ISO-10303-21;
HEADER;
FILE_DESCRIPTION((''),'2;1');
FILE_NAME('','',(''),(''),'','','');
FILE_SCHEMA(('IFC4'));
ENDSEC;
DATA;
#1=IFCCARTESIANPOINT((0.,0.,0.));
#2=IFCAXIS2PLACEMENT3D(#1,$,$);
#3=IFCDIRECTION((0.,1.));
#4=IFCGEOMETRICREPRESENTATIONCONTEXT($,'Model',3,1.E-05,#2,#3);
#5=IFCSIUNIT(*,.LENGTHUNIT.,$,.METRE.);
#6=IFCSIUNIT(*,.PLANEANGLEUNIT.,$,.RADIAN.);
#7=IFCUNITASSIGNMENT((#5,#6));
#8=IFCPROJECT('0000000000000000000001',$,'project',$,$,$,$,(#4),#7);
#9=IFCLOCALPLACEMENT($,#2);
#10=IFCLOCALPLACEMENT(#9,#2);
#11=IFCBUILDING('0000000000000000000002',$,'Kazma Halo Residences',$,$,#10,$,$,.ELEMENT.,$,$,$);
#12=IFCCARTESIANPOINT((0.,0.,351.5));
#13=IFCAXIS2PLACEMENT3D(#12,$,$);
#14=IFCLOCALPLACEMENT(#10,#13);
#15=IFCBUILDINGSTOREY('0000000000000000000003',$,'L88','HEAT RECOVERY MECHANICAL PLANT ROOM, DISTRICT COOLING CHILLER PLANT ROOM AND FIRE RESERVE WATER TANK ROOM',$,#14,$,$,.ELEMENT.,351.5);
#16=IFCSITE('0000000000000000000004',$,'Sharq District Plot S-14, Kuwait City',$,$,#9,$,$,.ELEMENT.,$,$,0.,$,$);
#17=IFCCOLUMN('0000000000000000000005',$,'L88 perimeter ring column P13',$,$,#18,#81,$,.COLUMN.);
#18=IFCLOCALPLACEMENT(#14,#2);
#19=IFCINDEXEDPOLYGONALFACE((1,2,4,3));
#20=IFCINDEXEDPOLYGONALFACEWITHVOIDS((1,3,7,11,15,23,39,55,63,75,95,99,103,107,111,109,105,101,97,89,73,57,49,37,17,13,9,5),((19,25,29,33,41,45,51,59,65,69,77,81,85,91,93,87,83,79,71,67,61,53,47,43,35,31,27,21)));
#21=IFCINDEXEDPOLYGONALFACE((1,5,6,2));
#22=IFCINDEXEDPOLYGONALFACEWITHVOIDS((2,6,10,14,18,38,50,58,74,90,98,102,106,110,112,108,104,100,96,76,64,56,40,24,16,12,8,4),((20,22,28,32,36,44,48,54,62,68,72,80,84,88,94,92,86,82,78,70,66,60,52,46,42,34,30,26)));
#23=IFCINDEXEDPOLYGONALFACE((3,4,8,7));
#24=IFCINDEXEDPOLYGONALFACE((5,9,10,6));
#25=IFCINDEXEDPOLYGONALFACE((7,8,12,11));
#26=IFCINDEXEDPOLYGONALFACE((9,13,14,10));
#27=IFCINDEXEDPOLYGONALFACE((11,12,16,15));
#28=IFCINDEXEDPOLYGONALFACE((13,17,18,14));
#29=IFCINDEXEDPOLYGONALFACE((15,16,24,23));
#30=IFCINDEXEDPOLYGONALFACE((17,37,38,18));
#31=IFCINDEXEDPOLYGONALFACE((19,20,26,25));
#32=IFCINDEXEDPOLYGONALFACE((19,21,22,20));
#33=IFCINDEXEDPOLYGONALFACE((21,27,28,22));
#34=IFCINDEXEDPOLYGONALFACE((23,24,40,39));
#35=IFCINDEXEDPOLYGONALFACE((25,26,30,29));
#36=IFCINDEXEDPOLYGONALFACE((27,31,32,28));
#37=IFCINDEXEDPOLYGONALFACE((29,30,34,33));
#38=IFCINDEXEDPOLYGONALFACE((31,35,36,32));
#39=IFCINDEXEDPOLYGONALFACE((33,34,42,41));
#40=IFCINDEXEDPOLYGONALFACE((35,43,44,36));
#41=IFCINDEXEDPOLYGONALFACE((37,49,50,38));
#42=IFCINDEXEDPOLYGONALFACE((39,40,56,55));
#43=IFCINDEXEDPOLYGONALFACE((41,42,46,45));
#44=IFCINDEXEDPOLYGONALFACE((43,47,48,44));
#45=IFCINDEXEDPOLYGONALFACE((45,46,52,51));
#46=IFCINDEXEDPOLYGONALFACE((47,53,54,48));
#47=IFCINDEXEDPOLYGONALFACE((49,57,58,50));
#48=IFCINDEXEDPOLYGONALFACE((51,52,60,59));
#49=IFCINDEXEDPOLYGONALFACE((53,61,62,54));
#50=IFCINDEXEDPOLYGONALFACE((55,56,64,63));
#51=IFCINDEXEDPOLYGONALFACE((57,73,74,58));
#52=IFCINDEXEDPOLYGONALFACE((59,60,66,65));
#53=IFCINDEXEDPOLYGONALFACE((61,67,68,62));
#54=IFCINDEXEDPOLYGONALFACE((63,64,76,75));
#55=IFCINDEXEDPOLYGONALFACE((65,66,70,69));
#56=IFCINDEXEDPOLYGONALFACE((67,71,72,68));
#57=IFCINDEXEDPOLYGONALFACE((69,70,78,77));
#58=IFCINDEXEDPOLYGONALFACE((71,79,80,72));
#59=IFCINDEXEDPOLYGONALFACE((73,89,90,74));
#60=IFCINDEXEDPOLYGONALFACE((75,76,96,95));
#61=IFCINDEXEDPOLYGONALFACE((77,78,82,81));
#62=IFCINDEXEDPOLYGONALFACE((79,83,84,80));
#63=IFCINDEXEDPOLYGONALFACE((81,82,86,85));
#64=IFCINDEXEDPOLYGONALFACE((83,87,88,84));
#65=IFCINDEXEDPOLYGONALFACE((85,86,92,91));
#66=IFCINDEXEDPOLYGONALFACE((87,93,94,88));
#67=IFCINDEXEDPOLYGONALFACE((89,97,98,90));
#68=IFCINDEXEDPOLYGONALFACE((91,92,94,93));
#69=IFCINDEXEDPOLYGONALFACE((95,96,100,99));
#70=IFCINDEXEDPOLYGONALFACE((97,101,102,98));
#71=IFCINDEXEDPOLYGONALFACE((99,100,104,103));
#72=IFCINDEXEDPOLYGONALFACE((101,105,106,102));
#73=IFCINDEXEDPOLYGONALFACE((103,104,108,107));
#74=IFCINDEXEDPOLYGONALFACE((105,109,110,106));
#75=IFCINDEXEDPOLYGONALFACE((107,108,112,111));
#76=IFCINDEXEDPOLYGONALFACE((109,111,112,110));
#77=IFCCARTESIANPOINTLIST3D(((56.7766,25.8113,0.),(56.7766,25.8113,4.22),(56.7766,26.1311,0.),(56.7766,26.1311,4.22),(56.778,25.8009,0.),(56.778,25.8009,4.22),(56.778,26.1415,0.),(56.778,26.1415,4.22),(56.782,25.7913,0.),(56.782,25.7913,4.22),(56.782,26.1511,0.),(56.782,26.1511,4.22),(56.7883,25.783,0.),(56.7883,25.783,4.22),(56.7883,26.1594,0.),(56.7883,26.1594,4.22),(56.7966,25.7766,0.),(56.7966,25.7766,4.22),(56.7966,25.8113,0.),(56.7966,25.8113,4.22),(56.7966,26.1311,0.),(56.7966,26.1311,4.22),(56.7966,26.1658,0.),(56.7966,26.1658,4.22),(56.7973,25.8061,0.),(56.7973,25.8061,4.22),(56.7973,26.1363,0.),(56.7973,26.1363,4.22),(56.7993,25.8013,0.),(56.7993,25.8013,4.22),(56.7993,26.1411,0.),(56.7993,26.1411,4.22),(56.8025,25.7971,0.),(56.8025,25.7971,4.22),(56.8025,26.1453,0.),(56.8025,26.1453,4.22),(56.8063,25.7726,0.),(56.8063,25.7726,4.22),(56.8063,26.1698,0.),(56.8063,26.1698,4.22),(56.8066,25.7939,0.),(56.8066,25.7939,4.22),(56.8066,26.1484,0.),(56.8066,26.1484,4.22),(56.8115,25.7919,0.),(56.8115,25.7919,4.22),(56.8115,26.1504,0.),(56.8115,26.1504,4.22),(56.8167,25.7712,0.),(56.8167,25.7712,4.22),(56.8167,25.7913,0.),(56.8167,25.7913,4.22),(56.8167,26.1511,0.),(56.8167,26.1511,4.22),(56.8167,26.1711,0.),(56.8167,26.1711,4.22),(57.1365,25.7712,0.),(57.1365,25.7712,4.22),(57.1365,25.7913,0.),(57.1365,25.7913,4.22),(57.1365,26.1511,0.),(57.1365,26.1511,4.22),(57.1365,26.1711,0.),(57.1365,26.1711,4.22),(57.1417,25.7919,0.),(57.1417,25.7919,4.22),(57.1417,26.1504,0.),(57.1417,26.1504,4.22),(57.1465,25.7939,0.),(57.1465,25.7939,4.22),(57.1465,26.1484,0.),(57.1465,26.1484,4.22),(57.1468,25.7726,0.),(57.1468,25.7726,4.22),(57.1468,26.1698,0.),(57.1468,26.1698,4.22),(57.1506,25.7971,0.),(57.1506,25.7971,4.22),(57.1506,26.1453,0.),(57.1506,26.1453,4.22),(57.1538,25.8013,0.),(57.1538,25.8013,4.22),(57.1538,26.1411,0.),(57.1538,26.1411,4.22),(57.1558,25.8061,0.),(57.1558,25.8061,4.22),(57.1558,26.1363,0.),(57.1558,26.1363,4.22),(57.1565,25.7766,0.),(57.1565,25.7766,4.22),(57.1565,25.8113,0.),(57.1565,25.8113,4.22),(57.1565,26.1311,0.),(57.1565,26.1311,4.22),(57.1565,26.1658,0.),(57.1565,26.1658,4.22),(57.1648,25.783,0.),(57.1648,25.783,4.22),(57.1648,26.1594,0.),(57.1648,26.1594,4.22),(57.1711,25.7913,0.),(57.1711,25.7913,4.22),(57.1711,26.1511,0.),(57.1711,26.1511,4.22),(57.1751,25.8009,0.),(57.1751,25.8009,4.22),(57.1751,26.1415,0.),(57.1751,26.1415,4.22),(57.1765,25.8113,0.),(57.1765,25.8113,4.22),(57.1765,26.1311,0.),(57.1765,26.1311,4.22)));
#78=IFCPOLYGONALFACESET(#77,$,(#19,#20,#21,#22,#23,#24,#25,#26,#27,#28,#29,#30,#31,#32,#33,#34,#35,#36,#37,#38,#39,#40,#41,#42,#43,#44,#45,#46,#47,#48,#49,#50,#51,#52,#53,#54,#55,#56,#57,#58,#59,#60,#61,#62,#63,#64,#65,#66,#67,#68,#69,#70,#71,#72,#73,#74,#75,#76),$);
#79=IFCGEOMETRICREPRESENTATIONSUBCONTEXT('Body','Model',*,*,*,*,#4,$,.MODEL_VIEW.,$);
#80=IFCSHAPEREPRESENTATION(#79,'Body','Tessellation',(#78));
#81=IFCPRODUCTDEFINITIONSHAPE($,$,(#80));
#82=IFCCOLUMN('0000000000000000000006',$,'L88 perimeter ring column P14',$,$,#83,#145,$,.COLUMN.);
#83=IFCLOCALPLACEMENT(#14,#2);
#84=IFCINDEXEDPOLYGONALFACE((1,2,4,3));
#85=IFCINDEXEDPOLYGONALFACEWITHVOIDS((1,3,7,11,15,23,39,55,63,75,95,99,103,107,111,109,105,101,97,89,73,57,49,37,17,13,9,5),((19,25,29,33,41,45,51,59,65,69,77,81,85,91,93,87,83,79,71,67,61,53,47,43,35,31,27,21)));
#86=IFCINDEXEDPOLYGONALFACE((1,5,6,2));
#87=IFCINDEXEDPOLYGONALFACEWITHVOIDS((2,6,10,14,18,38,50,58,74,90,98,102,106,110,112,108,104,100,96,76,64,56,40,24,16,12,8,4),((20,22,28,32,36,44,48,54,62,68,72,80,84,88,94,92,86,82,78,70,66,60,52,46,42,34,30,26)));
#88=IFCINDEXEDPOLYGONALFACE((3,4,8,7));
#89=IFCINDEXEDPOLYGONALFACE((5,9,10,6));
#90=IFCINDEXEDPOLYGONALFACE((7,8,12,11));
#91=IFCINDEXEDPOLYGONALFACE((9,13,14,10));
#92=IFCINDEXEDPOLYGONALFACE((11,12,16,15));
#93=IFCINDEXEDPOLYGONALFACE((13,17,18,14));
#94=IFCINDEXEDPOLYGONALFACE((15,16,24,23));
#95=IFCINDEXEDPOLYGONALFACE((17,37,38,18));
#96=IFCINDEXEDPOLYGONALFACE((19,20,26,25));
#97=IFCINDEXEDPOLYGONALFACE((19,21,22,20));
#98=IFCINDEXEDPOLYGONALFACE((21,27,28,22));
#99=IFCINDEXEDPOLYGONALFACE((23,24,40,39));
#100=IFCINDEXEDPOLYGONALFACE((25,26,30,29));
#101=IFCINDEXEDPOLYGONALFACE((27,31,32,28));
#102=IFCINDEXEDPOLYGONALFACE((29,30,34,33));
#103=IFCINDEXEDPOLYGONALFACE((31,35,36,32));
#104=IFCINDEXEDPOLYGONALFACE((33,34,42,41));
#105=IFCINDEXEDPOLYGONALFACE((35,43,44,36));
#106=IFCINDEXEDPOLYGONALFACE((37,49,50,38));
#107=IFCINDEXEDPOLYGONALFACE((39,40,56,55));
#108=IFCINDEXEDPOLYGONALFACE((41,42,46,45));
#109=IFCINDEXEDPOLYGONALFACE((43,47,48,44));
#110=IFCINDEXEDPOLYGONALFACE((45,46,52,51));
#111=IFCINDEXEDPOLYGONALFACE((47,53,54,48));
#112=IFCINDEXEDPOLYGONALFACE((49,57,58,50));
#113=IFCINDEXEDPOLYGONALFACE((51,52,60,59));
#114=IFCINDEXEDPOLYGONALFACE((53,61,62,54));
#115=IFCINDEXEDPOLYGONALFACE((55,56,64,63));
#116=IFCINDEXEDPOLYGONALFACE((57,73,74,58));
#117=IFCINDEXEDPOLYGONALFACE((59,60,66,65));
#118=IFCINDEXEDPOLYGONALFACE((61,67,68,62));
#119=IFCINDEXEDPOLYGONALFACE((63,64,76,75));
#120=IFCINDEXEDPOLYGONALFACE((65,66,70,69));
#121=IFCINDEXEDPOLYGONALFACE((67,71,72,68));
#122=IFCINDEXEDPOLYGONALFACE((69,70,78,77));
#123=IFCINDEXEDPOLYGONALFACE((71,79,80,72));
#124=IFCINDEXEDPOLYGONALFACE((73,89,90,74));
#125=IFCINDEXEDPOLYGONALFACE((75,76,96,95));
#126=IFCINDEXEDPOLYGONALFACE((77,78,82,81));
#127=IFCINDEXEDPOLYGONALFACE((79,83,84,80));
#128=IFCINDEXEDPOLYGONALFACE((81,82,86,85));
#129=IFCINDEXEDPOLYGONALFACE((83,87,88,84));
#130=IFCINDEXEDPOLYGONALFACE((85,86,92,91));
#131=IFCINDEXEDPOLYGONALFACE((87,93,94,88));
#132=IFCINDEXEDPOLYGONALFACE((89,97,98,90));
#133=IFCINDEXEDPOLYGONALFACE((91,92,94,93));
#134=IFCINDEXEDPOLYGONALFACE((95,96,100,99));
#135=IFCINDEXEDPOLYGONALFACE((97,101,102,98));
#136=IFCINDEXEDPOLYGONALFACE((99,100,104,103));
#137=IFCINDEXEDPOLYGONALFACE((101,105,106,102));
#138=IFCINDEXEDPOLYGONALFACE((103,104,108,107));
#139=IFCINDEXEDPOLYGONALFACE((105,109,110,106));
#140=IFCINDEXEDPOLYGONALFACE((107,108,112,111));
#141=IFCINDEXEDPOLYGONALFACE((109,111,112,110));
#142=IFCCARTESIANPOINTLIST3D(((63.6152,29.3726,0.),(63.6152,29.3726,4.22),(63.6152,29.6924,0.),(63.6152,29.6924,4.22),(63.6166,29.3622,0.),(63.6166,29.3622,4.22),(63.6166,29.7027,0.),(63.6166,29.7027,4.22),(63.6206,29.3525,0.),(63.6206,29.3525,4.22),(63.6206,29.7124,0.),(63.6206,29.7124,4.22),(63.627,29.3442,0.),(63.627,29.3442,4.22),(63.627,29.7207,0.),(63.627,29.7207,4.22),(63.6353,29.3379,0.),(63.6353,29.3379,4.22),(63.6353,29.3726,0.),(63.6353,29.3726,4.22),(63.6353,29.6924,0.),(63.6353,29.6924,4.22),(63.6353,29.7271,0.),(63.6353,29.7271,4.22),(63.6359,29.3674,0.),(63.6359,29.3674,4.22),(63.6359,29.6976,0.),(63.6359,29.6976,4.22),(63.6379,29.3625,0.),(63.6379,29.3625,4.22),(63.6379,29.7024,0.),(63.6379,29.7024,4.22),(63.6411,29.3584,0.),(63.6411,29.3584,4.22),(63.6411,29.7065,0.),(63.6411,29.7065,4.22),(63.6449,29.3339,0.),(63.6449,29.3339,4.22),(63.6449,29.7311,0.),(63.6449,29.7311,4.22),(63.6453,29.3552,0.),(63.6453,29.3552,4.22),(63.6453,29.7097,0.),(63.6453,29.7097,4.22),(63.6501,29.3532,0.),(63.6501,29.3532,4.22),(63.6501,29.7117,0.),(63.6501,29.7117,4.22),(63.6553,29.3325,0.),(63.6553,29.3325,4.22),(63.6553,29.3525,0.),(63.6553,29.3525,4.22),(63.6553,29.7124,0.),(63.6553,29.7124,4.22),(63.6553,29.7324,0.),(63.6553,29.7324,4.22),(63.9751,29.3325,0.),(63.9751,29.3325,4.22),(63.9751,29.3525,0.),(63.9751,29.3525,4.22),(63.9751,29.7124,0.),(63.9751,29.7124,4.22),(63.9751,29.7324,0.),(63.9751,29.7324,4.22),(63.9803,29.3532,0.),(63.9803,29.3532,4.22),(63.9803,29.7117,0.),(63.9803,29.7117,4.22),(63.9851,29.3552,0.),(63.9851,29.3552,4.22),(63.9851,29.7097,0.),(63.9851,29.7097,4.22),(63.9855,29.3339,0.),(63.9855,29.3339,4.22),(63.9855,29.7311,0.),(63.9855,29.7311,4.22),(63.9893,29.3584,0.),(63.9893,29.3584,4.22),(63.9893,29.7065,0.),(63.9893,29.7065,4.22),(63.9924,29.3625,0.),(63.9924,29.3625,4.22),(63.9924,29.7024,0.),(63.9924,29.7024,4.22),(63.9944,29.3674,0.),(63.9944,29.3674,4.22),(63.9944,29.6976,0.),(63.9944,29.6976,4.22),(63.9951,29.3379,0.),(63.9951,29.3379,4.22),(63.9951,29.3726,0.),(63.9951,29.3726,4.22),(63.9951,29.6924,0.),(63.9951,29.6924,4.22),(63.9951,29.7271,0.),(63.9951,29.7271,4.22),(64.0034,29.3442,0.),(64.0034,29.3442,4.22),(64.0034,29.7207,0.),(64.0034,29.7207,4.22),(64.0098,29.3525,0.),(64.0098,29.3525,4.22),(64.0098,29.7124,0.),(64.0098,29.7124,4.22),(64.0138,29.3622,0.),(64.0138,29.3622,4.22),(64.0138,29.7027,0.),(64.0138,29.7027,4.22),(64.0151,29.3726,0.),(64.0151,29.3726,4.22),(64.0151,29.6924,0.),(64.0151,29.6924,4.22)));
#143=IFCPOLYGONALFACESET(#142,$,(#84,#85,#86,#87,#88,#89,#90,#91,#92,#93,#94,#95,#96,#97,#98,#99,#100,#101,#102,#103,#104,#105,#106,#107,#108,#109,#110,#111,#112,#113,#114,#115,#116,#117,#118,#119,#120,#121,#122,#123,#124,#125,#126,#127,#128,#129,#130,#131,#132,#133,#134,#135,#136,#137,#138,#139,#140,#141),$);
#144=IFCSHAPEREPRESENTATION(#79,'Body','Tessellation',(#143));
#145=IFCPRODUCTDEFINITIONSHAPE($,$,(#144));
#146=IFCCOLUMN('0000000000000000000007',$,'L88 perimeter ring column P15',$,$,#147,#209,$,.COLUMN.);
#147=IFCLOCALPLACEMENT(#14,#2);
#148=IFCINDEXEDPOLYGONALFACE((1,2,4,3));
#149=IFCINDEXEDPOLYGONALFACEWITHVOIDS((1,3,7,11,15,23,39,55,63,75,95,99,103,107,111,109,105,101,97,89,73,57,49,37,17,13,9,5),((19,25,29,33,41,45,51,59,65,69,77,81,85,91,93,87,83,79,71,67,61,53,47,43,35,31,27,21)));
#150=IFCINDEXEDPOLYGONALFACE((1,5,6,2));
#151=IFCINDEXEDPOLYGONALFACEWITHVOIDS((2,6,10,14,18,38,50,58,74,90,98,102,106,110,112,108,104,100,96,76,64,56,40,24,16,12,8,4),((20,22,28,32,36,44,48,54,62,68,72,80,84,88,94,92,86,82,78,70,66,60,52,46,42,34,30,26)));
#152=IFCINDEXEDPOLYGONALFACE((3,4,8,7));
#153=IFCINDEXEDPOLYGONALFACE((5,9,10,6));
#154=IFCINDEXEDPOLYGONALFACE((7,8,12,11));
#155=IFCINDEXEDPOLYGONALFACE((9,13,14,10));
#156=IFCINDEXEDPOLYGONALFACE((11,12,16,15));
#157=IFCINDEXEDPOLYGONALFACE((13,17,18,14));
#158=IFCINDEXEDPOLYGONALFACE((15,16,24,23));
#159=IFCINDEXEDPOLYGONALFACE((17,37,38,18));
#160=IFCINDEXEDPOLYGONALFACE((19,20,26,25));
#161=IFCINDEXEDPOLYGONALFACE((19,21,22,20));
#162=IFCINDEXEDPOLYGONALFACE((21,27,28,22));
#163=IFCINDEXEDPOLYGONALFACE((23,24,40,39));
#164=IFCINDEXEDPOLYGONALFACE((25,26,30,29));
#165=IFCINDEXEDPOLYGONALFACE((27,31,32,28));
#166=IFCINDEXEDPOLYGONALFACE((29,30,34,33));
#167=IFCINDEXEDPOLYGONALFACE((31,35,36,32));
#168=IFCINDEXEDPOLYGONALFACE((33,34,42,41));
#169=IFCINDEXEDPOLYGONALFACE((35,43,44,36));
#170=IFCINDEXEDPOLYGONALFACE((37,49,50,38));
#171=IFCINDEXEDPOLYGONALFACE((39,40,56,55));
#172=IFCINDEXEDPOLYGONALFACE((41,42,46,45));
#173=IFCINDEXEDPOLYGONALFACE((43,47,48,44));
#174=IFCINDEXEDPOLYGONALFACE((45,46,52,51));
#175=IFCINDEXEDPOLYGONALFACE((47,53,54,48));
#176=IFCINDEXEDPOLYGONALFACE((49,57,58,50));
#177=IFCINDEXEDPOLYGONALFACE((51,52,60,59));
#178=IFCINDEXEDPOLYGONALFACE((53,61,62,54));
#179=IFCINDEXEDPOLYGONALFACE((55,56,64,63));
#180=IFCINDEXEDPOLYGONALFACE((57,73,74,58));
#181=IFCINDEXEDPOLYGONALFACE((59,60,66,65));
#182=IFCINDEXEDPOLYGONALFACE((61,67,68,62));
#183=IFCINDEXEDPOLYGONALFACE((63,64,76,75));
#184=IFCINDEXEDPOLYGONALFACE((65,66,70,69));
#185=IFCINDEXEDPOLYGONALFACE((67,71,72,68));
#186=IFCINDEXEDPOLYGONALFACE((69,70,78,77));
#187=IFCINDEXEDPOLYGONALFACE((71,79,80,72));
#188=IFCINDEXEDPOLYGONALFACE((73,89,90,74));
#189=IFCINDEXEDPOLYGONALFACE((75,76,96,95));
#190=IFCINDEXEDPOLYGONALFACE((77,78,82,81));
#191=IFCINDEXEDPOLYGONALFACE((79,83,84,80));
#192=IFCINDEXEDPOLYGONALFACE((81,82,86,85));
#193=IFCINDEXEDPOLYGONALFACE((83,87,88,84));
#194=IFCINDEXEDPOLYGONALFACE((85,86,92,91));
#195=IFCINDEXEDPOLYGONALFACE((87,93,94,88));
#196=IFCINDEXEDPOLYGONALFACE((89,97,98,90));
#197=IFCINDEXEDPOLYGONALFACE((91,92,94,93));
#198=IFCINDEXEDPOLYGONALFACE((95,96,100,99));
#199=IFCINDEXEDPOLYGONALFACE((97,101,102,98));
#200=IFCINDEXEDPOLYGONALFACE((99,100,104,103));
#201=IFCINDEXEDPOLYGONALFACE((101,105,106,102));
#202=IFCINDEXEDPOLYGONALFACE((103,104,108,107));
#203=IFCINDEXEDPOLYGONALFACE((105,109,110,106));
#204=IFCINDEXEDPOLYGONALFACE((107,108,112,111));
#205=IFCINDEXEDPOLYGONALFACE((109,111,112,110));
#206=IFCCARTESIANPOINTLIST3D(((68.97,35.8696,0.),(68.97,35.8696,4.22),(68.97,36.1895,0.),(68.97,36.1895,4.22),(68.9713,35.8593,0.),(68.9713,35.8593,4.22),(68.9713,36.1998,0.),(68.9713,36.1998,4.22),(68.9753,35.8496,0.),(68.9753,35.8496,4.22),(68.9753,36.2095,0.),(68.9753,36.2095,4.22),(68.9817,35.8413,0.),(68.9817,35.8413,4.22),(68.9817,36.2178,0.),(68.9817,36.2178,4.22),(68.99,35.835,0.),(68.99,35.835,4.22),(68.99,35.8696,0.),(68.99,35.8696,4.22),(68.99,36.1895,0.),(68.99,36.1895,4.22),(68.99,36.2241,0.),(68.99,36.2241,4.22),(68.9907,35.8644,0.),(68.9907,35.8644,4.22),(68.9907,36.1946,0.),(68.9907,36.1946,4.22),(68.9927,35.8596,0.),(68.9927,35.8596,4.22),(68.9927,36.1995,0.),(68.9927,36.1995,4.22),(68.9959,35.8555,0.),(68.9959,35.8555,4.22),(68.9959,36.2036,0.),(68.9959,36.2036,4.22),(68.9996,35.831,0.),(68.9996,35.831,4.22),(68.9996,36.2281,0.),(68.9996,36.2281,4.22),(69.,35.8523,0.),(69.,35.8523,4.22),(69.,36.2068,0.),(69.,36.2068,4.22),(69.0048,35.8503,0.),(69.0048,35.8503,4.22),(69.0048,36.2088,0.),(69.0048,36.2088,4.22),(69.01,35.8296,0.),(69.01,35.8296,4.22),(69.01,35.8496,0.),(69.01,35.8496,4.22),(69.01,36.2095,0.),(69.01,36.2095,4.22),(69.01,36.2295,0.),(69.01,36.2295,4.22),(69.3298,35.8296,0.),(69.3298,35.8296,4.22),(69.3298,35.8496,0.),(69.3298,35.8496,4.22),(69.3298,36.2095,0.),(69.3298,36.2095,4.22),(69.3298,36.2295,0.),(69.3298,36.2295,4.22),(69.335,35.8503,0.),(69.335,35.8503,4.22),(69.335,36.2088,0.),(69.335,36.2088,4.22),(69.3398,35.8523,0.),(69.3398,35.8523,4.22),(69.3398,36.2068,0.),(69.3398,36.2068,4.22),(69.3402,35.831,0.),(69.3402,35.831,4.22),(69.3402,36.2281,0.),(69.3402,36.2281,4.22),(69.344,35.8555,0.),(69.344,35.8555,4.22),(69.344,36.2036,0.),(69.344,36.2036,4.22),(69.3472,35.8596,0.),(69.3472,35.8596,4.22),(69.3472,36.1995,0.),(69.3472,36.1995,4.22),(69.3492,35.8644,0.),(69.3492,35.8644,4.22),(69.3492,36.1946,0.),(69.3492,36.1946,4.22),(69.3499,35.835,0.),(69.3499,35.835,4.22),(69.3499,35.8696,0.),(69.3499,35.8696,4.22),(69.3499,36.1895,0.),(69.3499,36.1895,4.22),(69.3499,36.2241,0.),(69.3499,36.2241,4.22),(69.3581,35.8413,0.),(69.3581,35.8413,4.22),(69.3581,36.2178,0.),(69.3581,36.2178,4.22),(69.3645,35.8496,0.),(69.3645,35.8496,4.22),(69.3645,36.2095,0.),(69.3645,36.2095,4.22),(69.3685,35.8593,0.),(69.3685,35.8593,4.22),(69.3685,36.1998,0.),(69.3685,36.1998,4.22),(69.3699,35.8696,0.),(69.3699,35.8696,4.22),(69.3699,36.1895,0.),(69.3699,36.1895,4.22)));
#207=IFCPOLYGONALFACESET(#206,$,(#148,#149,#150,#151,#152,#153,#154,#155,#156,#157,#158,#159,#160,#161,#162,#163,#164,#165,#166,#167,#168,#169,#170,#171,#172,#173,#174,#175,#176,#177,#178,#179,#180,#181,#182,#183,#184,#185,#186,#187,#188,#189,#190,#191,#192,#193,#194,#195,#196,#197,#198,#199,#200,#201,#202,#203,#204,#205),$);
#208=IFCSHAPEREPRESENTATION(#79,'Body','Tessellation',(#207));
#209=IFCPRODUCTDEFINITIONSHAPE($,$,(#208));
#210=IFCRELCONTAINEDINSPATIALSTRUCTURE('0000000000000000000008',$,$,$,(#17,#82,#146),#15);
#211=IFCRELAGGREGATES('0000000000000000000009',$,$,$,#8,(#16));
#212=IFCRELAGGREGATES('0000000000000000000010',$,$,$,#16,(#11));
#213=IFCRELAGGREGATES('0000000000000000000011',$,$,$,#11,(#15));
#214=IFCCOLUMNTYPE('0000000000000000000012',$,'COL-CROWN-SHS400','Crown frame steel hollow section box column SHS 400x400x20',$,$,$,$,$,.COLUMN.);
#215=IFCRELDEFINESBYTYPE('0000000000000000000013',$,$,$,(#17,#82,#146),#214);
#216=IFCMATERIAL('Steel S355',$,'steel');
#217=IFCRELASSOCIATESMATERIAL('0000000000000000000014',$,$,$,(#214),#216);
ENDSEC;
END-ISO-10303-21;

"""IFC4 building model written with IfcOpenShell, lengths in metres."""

from ifc_helpers import new_model, si_unit, direction, frame, origin, origin_2d, place, context, subcontext, project, spatial, hollow_rectangle, extrude, material, material_profile, profile_set, type_object, element, save


model = new_model("IFC4")

# Units and contexts
model_context = context("Model", 3, precision=1e-05, world=origin(), true_north=direction((0.0, 1.0)))
body_context = subcontext(model_context, "Body", "Model", "MODEL_VIEW")
ifc_project = project(units=[si_unit("LENGTHUNIT", "METRE"), si_unit("PLANEANGLEUNIT", "RADIAN")], contexts=[model_context])

# Site, building, storey
site_placement = place(None, origin())
site = spatial("IfcSite", under=ifc_project, at=site_placement, Name="Sharq District Plot S-14, Kuwait City", CompositionType="ELEMENT", RefElevation=0.0)
building_placement = place(site_placement, origin())
building = spatial("IfcBuilding", under=site, at=building_placement, Name="Kazma Halo Residences", CompositionType="ELEMENT")
storey_placement = place(building_placement, frame((0.0, 0.0, 351.5)))
storey = spatial("IfcBuildingStorey", under=building, at=storey_placement, Name="L88", Description="HEAT RECOVERY MECHANICAL PLANT ROOM, DISTRICT COOLING CHILLER PLANT ROOM AND FIRE RESERVE WATER TANK ROOM", CompositionType="ELEMENT", Elevation=351.5)

# Columns
ifc_material_1 = material(Name="Steel S355", Category="steel")
ifc_material_profile_1 = material_profile(ifc_material_1, hollow_rectangle(XDim=0.3999, YDim=0.3999, WallThickness=0.02, InnerFilletRadius=0.02, OuterFilletRadius=0.04, at=origin_2d()), Name="SHS400x400x20")
ifc_profile_set_1 = profile_set([ifc_material_profile_1], Name="Steel S355")
column_type = type_object("IfcColumnType", Name="COL-CROWN-SHS400", Description="Crown frame steel hollow section box column SHS 400x400x20", PredefinedType="COLUMN", material=ifc_profile_set_1)
for number, where, z_axis, x_axis, name in (
    (1, (56.9766, 25.9712, 0.0), (0.0, 0.0, 1.0), (1.0, 0.0, 0.0), "L88 perimeter ring column P13"),
    (2, (63.8152, 29.5325, 0.0), (0.0, 0.0, 1.0), (1.0, 0.0, 0.0), "L88 perimeter ring column P14"),
    (3, (69.1699, 36.0295, 0.0), (0.0, 0.0, 1.0), (1.0, 0.0, 0.0), "L88 perimeter ring column P15"),
):
    element("IfcColumn", number, at=place(storey_placement, frame(where, z_axis=z_axis, x_axis=x_axis)), inside=storey, type_object=column_type, Name=name, PredefinedType="COLUMN", context=body_context, shape_type="SweptSolid", body=[
        extrude(hollow_rectangle(XDim=0.3999, YDim=0.3999, WallThickness=0.02, InnerFilletRadius=0.02, OuterFilletRadius=0.04, at=origin_2d()), origin(), (0.0, 0.0, 1.0), 4.22),
    ])

save(model, "model.ifc")
